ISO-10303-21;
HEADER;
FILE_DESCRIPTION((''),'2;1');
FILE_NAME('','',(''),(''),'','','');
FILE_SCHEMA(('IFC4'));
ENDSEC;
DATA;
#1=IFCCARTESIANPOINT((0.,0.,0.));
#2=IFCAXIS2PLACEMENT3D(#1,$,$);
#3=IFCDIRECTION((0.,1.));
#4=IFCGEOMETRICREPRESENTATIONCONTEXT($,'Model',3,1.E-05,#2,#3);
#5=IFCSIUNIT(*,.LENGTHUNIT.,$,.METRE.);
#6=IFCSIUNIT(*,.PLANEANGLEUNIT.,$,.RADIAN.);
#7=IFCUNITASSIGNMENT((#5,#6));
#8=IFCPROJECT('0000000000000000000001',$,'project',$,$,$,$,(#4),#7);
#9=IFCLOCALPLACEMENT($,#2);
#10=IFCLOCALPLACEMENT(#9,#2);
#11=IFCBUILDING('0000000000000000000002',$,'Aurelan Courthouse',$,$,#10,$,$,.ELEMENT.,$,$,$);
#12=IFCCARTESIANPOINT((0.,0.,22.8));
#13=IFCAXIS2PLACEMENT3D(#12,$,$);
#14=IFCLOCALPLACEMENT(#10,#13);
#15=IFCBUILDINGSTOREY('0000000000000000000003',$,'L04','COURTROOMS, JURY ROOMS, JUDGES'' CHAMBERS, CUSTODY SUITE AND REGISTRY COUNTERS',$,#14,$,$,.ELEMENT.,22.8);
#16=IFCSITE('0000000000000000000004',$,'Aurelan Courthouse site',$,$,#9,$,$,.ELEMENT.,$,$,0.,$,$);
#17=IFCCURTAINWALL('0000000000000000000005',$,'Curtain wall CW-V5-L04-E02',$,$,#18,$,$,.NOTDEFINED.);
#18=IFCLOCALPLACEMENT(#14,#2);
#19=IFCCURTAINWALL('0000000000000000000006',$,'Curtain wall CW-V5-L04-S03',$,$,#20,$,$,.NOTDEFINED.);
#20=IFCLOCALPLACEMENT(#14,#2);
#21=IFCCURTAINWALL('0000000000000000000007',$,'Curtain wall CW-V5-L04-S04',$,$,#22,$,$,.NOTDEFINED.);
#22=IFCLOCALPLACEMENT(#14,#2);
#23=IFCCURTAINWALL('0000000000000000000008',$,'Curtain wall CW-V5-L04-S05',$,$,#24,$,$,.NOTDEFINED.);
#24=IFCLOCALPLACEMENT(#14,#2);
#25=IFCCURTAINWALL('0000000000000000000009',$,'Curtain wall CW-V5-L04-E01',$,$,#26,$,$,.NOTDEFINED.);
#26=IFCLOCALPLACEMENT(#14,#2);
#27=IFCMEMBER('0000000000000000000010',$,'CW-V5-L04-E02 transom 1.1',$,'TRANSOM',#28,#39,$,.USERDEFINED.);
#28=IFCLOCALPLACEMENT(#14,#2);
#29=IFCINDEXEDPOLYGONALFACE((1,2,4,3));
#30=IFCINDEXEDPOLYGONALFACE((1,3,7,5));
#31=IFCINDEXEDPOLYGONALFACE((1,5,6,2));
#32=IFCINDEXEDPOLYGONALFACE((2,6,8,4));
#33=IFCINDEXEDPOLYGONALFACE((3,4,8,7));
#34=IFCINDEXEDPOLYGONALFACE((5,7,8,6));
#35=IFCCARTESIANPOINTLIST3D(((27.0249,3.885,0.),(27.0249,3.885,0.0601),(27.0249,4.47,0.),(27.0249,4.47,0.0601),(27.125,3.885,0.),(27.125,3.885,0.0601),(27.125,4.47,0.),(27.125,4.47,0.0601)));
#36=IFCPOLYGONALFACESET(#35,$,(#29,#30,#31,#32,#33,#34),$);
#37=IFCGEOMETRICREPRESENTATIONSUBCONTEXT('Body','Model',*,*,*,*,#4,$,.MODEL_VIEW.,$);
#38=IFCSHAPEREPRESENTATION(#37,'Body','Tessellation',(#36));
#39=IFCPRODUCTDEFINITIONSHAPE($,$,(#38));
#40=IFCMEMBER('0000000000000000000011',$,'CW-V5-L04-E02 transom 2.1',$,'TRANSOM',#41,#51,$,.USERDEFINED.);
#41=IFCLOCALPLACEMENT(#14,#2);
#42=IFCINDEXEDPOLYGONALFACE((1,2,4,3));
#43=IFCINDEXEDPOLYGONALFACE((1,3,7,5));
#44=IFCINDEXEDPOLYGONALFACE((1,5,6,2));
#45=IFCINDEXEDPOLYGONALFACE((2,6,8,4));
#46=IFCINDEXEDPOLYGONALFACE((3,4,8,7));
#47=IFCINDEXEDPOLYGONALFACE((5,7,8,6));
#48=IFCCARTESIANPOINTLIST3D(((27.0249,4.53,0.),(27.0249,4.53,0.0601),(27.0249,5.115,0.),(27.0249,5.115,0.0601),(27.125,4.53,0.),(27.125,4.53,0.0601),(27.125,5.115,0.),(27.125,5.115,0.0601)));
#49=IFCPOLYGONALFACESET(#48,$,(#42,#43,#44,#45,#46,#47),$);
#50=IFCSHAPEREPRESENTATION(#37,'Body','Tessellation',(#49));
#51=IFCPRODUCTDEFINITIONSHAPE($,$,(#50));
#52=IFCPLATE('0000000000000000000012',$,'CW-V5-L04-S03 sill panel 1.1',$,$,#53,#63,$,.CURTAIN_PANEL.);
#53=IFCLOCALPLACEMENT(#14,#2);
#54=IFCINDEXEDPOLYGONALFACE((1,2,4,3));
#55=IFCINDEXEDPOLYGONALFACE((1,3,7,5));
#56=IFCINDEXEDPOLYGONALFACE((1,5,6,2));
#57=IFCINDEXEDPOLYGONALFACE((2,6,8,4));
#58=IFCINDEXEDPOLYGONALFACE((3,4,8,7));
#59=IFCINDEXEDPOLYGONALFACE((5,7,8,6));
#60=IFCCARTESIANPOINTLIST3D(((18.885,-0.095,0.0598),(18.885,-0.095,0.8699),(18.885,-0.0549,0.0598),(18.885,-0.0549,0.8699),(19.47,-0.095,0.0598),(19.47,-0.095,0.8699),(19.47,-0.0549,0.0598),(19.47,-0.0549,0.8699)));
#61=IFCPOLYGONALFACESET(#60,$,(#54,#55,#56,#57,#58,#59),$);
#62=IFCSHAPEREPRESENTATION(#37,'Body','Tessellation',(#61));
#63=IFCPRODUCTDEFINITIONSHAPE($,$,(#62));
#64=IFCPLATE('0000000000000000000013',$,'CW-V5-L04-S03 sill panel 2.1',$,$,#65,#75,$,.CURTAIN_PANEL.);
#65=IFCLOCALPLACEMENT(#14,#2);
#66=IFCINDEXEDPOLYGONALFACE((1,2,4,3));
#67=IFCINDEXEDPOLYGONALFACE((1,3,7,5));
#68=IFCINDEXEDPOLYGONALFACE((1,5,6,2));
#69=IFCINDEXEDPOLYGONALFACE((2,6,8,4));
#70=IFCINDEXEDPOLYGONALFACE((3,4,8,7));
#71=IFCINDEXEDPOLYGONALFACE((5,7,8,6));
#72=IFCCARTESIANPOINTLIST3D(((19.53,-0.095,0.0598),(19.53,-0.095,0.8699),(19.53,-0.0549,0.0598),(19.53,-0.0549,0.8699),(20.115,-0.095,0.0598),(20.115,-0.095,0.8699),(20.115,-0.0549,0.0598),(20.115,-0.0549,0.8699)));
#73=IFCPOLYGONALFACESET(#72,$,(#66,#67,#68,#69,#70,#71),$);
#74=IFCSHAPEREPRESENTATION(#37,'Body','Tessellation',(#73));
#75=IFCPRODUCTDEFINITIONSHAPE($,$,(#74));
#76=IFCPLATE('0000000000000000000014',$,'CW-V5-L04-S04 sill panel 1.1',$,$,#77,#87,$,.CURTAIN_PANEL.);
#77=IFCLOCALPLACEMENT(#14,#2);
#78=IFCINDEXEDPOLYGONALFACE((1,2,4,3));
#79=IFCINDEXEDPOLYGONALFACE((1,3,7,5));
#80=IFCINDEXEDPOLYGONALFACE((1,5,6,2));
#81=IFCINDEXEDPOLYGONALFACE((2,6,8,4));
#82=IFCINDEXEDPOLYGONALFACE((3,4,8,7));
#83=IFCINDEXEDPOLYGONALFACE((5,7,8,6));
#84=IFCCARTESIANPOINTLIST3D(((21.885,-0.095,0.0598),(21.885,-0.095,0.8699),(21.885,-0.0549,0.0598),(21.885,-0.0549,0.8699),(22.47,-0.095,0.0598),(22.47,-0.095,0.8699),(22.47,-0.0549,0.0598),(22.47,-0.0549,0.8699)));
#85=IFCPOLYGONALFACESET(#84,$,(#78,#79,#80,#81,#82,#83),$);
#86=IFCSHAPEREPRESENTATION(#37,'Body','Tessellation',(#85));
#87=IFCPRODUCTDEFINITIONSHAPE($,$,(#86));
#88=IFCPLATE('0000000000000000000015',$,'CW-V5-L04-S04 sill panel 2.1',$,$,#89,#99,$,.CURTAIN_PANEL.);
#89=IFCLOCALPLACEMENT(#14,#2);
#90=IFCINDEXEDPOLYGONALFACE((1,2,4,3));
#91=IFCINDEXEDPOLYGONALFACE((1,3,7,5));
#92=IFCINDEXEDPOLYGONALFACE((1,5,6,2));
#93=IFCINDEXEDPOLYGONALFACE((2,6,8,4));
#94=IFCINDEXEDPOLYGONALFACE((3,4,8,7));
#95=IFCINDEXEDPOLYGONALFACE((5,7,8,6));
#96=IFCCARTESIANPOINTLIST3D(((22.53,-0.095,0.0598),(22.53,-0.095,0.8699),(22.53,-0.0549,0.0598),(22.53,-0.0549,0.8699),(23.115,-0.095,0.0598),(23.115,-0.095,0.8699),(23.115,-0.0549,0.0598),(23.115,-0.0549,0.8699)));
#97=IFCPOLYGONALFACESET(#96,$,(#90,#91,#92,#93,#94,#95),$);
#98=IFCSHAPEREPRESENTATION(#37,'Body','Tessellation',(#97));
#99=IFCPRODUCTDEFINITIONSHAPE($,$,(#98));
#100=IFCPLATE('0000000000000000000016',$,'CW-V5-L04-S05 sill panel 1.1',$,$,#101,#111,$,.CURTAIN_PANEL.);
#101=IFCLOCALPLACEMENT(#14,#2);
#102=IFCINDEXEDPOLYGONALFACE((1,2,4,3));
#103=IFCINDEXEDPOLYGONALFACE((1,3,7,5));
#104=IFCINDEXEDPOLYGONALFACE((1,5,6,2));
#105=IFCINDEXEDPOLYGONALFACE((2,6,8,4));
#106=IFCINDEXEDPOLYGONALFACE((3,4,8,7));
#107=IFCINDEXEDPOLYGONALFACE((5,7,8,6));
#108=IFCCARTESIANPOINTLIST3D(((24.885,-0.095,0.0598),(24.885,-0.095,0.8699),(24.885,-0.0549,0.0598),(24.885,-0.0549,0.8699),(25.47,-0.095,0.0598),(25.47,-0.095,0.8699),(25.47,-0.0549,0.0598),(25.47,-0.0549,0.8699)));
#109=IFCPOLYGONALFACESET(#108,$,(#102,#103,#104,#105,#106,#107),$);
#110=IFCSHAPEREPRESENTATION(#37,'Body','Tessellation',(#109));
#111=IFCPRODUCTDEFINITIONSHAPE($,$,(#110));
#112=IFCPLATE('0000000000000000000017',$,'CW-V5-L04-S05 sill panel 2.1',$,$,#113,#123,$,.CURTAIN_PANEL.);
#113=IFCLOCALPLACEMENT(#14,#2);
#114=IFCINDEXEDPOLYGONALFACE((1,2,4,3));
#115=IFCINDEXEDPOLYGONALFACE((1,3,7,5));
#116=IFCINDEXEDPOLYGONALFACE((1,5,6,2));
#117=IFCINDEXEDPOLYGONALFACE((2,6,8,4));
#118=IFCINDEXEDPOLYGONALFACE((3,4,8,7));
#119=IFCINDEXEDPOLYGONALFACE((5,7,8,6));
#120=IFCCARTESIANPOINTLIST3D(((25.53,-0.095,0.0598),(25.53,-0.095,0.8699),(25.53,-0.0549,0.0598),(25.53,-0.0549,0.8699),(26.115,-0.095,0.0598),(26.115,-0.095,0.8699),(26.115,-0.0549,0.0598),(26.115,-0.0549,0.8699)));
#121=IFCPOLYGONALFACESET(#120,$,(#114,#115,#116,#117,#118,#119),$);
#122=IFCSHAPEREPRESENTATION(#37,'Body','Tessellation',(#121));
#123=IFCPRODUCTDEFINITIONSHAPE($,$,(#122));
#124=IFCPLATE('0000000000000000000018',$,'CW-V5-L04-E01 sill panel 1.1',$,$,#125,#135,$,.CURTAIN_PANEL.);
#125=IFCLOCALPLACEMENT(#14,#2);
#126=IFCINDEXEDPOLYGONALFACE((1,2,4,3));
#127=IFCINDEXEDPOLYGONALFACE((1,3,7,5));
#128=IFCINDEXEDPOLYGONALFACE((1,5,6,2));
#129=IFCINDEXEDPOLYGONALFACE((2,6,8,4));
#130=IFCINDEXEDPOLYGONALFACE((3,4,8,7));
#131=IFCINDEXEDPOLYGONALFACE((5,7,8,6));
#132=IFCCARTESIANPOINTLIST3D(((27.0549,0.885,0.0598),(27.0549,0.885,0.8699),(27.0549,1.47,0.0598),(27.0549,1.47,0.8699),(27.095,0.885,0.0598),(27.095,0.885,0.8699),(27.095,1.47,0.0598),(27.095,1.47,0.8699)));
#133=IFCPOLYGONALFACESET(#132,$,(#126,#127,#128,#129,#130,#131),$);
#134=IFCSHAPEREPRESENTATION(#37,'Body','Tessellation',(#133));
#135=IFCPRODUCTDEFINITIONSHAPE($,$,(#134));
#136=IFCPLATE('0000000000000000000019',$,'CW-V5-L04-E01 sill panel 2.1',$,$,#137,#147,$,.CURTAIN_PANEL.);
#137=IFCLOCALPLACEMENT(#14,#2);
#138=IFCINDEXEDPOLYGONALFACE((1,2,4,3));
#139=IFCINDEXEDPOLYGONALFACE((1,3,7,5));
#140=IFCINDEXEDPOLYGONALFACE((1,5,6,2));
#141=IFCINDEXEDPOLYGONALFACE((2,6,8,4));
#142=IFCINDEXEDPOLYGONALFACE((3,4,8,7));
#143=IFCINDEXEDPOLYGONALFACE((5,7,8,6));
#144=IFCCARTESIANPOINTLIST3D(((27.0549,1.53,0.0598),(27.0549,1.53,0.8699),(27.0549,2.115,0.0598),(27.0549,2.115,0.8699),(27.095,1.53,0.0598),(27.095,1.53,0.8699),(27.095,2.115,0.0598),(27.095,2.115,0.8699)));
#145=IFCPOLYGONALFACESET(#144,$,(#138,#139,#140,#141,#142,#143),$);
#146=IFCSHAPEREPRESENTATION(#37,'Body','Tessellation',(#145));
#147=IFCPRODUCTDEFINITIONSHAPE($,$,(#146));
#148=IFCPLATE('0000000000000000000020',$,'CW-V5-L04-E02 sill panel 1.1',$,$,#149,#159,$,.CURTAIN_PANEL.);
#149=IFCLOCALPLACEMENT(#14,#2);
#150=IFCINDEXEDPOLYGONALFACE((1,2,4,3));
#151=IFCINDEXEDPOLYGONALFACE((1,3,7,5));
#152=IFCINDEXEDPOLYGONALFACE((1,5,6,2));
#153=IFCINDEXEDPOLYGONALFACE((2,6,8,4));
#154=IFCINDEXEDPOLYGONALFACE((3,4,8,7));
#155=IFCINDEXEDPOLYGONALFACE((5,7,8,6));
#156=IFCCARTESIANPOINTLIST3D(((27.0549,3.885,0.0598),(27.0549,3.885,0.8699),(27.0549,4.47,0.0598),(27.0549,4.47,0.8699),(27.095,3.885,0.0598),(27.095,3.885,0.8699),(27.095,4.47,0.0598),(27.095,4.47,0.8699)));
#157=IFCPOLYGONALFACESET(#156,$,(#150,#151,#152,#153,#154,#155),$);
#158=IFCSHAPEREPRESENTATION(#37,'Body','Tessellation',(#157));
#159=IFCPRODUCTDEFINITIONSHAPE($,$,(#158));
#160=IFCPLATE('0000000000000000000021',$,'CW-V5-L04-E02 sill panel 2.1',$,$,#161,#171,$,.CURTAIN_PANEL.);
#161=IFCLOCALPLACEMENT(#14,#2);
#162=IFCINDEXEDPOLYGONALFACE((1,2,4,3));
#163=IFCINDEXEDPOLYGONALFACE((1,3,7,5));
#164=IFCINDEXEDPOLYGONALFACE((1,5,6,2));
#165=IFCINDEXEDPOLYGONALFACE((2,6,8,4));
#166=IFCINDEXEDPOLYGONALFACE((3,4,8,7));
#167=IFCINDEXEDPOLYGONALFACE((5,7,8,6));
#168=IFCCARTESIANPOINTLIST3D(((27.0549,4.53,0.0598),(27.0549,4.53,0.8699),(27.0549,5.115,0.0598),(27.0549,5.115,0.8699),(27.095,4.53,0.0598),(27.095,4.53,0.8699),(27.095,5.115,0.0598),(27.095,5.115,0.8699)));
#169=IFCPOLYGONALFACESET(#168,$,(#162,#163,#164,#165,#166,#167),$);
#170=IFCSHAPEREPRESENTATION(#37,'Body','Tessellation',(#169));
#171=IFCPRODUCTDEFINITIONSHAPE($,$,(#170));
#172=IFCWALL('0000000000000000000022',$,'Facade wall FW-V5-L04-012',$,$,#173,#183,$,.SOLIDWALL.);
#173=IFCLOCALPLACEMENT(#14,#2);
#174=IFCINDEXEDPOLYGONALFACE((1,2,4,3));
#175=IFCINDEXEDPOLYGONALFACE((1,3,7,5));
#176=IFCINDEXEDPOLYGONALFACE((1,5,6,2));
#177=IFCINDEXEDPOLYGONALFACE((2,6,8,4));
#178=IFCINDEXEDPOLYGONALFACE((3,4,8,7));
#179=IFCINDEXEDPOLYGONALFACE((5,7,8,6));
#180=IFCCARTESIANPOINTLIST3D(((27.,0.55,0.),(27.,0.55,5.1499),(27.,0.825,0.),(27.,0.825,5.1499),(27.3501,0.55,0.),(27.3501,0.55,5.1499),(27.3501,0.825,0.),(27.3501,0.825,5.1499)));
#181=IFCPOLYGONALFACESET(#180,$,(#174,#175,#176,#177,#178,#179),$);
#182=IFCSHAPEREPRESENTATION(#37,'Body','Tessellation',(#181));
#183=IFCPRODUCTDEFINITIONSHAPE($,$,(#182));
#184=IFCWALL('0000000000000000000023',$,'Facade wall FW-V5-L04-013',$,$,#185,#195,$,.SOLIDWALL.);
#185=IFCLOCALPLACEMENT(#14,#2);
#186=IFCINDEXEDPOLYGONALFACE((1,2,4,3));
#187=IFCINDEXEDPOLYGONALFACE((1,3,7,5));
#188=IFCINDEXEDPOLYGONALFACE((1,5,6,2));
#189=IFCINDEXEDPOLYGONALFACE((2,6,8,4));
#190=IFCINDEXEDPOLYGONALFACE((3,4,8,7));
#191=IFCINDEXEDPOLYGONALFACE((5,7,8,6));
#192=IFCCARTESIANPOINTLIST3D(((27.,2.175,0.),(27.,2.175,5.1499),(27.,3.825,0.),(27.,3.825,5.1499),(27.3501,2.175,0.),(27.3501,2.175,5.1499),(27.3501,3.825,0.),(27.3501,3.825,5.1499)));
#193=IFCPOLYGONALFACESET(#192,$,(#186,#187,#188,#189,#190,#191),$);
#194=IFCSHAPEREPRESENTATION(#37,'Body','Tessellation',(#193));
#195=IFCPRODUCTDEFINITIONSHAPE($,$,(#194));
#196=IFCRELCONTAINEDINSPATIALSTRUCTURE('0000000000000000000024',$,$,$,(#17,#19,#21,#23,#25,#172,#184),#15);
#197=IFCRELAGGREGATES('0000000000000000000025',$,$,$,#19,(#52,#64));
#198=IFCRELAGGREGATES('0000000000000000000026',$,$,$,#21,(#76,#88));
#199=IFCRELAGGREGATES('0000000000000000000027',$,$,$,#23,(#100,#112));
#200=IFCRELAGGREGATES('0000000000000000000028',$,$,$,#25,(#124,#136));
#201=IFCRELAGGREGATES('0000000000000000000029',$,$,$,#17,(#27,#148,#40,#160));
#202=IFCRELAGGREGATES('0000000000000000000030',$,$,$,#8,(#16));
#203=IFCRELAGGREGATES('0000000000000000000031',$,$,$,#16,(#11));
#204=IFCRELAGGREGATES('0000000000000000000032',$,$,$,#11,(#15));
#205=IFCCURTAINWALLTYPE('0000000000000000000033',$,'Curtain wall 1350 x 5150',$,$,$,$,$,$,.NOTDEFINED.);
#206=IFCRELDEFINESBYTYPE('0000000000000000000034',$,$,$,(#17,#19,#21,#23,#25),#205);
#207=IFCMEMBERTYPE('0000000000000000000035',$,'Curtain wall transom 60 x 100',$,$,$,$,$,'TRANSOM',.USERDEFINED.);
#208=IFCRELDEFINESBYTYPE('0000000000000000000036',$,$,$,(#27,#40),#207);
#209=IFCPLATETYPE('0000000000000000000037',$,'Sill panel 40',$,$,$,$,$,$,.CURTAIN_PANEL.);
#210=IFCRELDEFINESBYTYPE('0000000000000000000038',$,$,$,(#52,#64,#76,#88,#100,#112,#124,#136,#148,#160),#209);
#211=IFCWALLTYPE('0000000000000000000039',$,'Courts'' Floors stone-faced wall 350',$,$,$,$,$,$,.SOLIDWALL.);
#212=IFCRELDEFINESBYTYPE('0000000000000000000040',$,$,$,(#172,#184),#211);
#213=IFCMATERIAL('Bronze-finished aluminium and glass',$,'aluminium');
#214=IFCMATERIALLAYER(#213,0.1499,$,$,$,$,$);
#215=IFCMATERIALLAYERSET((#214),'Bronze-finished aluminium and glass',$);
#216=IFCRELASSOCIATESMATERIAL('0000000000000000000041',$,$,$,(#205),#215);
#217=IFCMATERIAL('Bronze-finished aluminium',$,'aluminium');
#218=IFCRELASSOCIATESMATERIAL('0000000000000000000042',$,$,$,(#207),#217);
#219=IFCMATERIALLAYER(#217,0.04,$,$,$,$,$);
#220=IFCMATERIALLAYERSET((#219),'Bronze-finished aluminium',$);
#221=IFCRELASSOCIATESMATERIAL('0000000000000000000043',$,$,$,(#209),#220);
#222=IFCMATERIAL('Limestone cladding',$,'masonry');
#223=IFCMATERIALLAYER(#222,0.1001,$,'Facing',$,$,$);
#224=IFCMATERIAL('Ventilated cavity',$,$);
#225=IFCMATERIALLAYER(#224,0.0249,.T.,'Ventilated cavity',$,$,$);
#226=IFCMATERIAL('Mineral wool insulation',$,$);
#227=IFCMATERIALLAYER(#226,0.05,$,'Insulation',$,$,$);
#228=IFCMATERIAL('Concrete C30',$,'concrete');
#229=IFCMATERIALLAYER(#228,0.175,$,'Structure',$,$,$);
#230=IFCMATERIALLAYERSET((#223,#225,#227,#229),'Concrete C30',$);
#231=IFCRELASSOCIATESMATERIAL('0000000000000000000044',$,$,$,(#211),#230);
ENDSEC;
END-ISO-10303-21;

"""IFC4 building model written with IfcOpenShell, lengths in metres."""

from ifc_helpers import new_model, si_unit, direction, frame, frame_2d, origin, origin_2d, place, context, subcontext, project, spatial, rectangle, extrude, material, layer, layer_set, material_profile, profile_set, type_object, element, aggregate, save


model = new_model("IFC4")

# Units and contexts
model_context = context("Model", 3, precision=1e-05, world=origin(), true_north=direction((0.0, 1.0)))
body_context = subcontext(model_context, "Body", "Model", "MODEL_VIEW")
ifc_project = project(units=[si_unit("LENGTHUNIT", "METRE"), si_unit("PLANEANGLEUNIT", "RADIAN")], contexts=[model_context])

# Site, building, storey
site_placement = place(None, origin())
site = spatial("IfcSite", under=ifc_project, at=site_placement, Name="Aurelan Courthouse site", CompositionType="ELEMENT", RefElevation=0.0)
building_placement = place(site_placement, origin())
building = spatial("IfcBuilding", under=site, at=building_placement, Name="Aurelan Courthouse", CompositionType="ELEMENT")
storey_placement = place(building_placement, frame((0.0, 0.0, 22.8)))
storey = spatial("IfcBuildingStorey", under=building, at=storey_placement, Name="L04", Description="COURTROOMS, JURY ROOMS, JUDGES' CHAMBERS, CUSTODY SUITE AND REGISTRY COUNTERS", CompositionType="ELEMENT", Elevation=22.8)

# Curtain walls
ifc_material_1 = material(Name="Bronze-finished aluminium and glass", Category="aluminium")
ifc_layer_1 = layer(ifc_material_1, 0.1499)
ifc_layer_set_1 = layer_set([ifc_layer_1], Name="Bronze-finished aluminium and glass")
curtain_wall_type = type_object("IfcCurtainWallType", Name="Curtain wall 1350 x 5150", PredefinedType="NOTDEFINED", material=ifc_layer_set_1)
curtain_wall_1_placement = place(storey_placement, origin())
curtain_wall_1 = element("IfcCurtainWall", 1, at=curtain_wall_1_placement, inside=storey, type_object=curtain_wall_type, Name="Curtain wall CW-V5-L04-E02", PredefinedType="NOTDEFINED")
ifc_material_2 = material(Name="Bronze-finished aluminium", Category="aluminium")
curtain_wall_2_placement = place(storey_placement, origin())
curtain_wall_2 = element("IfcCurtainWall", 2, at=curtain_wall_2_placement, inside=storey, type_object=curtain_wall_type, Name="Curtain wall CW-V5-L04-S03", PredefinedType="NOTDEFINED")
ifc_material_profile_1 = material_profile(ifc_material_2, rectangle(XDim=0.1001, YDim=0.0601, at=origin_2d()), Name="Bronze transom 60 x 100")
ifc_profile_set_1 = profile_set([ifc_material_profile_1], Name="Bronze-finished aluminium")
member_type_1 = type_object("IfcMemberType", Name="Curtain wall transom 60 x 100", ElementType="TRANSOM", PredefinedType="USERDEFINED", material=ifc_profile_set_1)
curtain_wall_3_placement = place(storey_placement, origin())
curtain_wall_3 = element("IfcCurtainWall", 3, at=curtain_wall_3_placement, inside=storey, type_object=curtain_wall_type, Name="Curtain wall CW-V5-L04-S04", PredefinedType="NOTDEFINED")
curtain_wall_4_placement = place(storey_placement, origin())
curtain_wall_4 = element("IfcCurtainWall", 4, at=curtain_wall_4_placement, inside=storey, type_object=curtain_wall_type, Name="Curtain wall CW-V5-L04-S05", PredefinedType="NOTDEFINED")
curtain_wall_5_placement = place(storey_placement, origin())
curtain_wall_5 = element("IfcCurtainWall", 5, at=curtain_wall_5_placement, inside=storey, type_object=curtain_wall_type, Name="Curtain wall CW-V5-L04-E01", PredefinedType="NOTDEFINED")

# Members
member_1_placement = place(storey_placement, frame((27.075, 3.885, 0.03), z_axis=(0.0, 1.0, 0.0), x_axis=(-1.0, 0.0, 0.0)))
member_1 = element("IfcMember", 6, at=member_1_placement, type_object=member_type_1, Name="CW-V5-L04-E02 transom 1.1", ObjectType="TRANSOM", PredefinedType="USERDEFINED", context=body_context, shape_type="SweptSolid", body=[
    extrude(rectangle(XDim=0.1001, YDim=0.0601, at=origin_2d()), origin(), (0.0, 0.0, 1.0), 0.585),
])
member_2_placement = place(storey_placement, frame((27.075, 4.53, 0.03), z_axis=(0.0, 1.0, 0.0), x_axis=(-1.0, 0.0, 0.0)))
member_2 = element("IfcMember", 7, at=member_2_placement, type_object=member_type_1, Name="CW-V5-L04-E02 transom 2.1", ObjectType="TRANSOM", PredefinedType="USERDEFINED", context=body_context, shape_type="SweptSolid", body=[
    extrude(rectangle(XDim=0.1001, YDim=0.0601, at=origin_2d()), origin(), (0.0, 0.0, 1.0), 0.585),
])

# Plates
ifc_layer_2 = layer(ifc_material_2, 0.04)
ifc_layer_set_2 = layer_set([ifc_layer_2], Name="Bronze-finished aluminium")
plate_type = type_object("IfcPlateType", Name="Sill panel 40", PredefinedType="CURTAIN_PANEL", material=ifc_layer_set_2)
plate_1_placement = place(storey_placement, frame((19.1775, -0.075, 0.0598), z_axis=(0.0, 0.0, 1.0), x_axis=(1.0, 0.0, 0.0)))
plate_1 = element("IfcPlate", 8, at=plate_1_placement, type_object=plate_type, Name="CW-V5-L04-S03 sill panel 1.1", PredefinedType="CURTAIN_PANEL", context=body_context, shape_type="SweptSolid", body=[
    extrude(rectangle(XDim=0.585, YDim=0.04, at=origin_2d()), origin(), (0.0, 0.0, 1.0), 0.8101),
])
plate_2_placement = place(storey_placement, frame((19.8225, -0.075, 0.0598), z_axis=(0.0, 0.0, 1.0), x_axis=(1.0, 0.0, 0.0)))
plate_2 = element("IfcPlate", 9, at=plate_2_placement, type_object=plate_type, Name="CW-V5-L04-S03 sill panel 2.1", PredefinedType="CURTAIN_PANEL", context=body_context, shape_type="SweptSolid", body=[
    extrude(rectangle(XDim=0.585, YDim=0.04, at=origin_2d()), origin(), (0.0, 0.0, 1.0), 0.8101),
])
aggregate(curtain_wall_2, [plate_1, plate_2])
plate_3_placement = place(storey_placement, frame((22.1775, -0.075, 0.0598), z_axis=(0.0, 0.0, 1.0), x_axis=(1.0, 0.0, 0.0)))
plate_3 = element("IfcPlate", 10, at=plate_3_placement, type_object=plate_type, Name="CW-V5-L04-S04 sill panel 1.1", PredefinedType="CURTAIN_PANEL", context=body_context, shape_type="SweptSolid", body=[
    extrude(rectangle(XDim=0.585, YDim=0.04, at=origin_2d()), origin(), (0.0, 0.0, 1.0), 0.8101),
])
plate_4_placement = place(storey_placement, frame((22.8225, -0.075, 0.0598), z_axis=(0.0, 0.0, 1.0), x_axis=(1.0, 0.0, 0.0)))
plate_4 = element("IfcPlate", 11, at=plate_4_placement, type_object=plate_type, Name="CW-V5-L04-S04 sill panel 2.1", PredefinedType="CURTAIN_PANEL", context=body_context, shape_type="SweptSolid", body=[
    extrude(rectangle(XDim=0.585, YDim=0.04, at=origin_2d()), origin(), (0.0, 0.0, 1.0), 0.8101),
])
aggregate(curtain_wall_3, [plate_3, plate_4])
plate_5_placement = place(storey_placement, frame((25.1775, -0.075, 0.0598), z_axis=(0.0, 0.0, 1.0), x_axis=(1.0, 0.0, 0.0)))
plate_5 = element("IfcPlate", 12, at=plate_5_placement, type_object=plate_type, Name="CW-V5-L04-S05 sill panel 1.1", PredefinedType="CURTAIN_PANEL", context=body_context, shape_type="SweptSolid", body=[
    extrude(rectangle(XDim=0.585, YDim=0.04, at=origin_2d()), origin(), (0.0, 0.0, 1.0), 0.8101),
])
plate_6_placement = place(storey_placement, frame((25.8225, -0.075, 0.0598), z_axis=(0.0, 0.0, 1.0), x_axis=(1.0, 0.0, 0.0)))
plate_6 = element("IfcPlate", 13, at=plate_6_placement, type_object=plate_type, Name="CW-V5-L04-S05 sill panel 2.1", PredefinedType="CURTAIN_PANEL", context=body_context, shape_type="SweptSolid", body=[
    extrude(rectangle(XDim=0.585, YDim=0.04, at=origin_2d()), origin(), (0.0, 0.0, 1.0), 0.8101),
])
aggregate(curtain_wall_4, [plate_5, plate_6])
plate_7_placement = place(storey_placement, frame((27.075, 1.1775, 0.0598), z_axis=(0.0, 0.0, 1.0), x_axis=(0.0, 1.0, 0.0)))
plate_7 = element("IfcPlate", 14, at=plate_7_placement, type_object=plate_type, Name="CW-V5-L04-E01 sill panel 1.1", PredefinedType="CURTAIN_PANEL", context=body_context, shape_type="SweptSolid", body=[
    extrude(rectangle(XDim=0.585, YDim=0.04, at=origin_2d()), origin(), (0.0, 0.0, 1.0), 0.8101),
])
plate_8_placement = place(storey_placement, frame((27.075, 1.8225, 0.0598), z_axis=(0.0, 0.0, 1.0), x_axis=(0.0, 1.0, 0.0)))
plate_8 = element("IfcPlate", 15, at=plate_8_placement, type_object=plate_type, Name="CW-V5-L04-E01 sill panel 2.1", PredefinedType="CURTAIN_PANEL", context=body_context, shape_type="SweptSolid", body=[
    extrude(rectangle(XDim=0.585, YDim=0.04, at=origin_2d()), origin(), (0.0, 0.0, 1.0), 0.8101),
])
aggregate(curtain_wall_5, [plate_7, plate_8])
plate_9_placement = place(storey_placement, frame((27.075, 4.1775, 0.0598), z_axis=(0.0, 0.0, 1.0), x_axis=(0.0, 1.0, 0.0)))
plate_9 = element("IfcPlate", 16, at=plate_9_placement, type_object=plate_type, Name="CW-V5-L04-E02 sill panel 1.1", PredefinedType="CURTAIN_PANEL", context=body_context, shape_type="SweptSolid", body=[
    extrude(rectangle(XDim=0.585, YDim=0.04, at=origin_2d()), origin(), (0.0, 0.0, 1.0), 0.8101),
])
plate_10_placement = place(storey_placement, frame((27.075, 4.8225, 0.0598), z_axis=(0.0, 0.0, 1.0), x_axis=(0.0, 1.0, 0.0)))
plate_10 = element("IfcPlate", 17, at=plate_10_placement, type_object=plate_type, Name="CW-V5-L04-E02 sill panel 2.1", PredefinedType="CURTAIN_PANEL", context=body_context, shape_type="SweptSolid", body=[
    extrude(rectangle(XDim=0.585, YDim=0.04, at=origin_2d()), origin(), (0.0, 0.0, 1.0), 0.8101),
])
aggregate(curtain_wall_1, [member_1, plate_9, member_2, plate_10])

# Walls
ifc_material_3 = material(Name="Limestone cladding", Category="masonry")
ifc_layer_3 = layer(ifc_material_3, 0.1001, Name="Facing")
ifc_material_4 = material(Name="Ventilated cavity")
ifc_layer_4 = layer(ifc_material_4, 0.0249, ventilated=True, Name="Ventilated cavity")
ifc_material_5 = material(Name="Mineral wool insulation")
ifc_layer_5 = layer(ifc_material_5, 0.05, Name="Insulation")
ifc_material_6 = material(Name="Concrete C30", Category="concrete")
ifc_layer_6 = layer(ifc_material_6, 0.175, Name="Structure")
ifc_layer_set_3 = layer_set([ifc_layer_3, ifc_layer_4, ifc_layer_5, ifc_layer_6], Name="Concrete C30")
wall_type = type_object("IfcWallType", Name="Courts' Floors stone-faced wall 350", PredefinedType="SOLIDWALL", material=ifc_layer_set_3)
wall_1_placement = place(storey_placement, frame((27.175, 0.55, 0.0), z_axis=(0.0, 0.0, 1.0), x_axis=(0.0, 1.0, 0.0)))
element("IfcWall", 18, at=wall_1_placement, inside=storey, type_object=wall_type, Name="Facade wall FW-V5-L04-012", PredefinedType="SOLIDWALL", context=body_context, shape_type="SweptSolid", body=[
    extrude(rectangle(XDim=0.2749, YDim=0.3501, at=frame_2d((0.1375, 0.0))), origin(), (0.0, 0.0, 1.0), 5.1499),
])
wall_2_placement = place(storey_placement, frame((27.175, 2.175, 0.0), z_axis=(0.0, 0.0, 1.0), x_axis=(0.0, 1.0, 0.0)))
element("IfcWall", 19, at=wall_2_placement, inside=storey, type_object=wall_type, Name="Facade wall FW-V5-L04-013", PredefinedType="SOLIDWALL", context=body_context, shape_type="SweptSolid", body=[
    extrude(rectangle(XDim=1.6499, YDim=0.3501, at=frame_2d((0.825, 0.0))), origin(), (0.0, 0.0, 1.0), 5.1499),
])

save(model, "model.ifc")
